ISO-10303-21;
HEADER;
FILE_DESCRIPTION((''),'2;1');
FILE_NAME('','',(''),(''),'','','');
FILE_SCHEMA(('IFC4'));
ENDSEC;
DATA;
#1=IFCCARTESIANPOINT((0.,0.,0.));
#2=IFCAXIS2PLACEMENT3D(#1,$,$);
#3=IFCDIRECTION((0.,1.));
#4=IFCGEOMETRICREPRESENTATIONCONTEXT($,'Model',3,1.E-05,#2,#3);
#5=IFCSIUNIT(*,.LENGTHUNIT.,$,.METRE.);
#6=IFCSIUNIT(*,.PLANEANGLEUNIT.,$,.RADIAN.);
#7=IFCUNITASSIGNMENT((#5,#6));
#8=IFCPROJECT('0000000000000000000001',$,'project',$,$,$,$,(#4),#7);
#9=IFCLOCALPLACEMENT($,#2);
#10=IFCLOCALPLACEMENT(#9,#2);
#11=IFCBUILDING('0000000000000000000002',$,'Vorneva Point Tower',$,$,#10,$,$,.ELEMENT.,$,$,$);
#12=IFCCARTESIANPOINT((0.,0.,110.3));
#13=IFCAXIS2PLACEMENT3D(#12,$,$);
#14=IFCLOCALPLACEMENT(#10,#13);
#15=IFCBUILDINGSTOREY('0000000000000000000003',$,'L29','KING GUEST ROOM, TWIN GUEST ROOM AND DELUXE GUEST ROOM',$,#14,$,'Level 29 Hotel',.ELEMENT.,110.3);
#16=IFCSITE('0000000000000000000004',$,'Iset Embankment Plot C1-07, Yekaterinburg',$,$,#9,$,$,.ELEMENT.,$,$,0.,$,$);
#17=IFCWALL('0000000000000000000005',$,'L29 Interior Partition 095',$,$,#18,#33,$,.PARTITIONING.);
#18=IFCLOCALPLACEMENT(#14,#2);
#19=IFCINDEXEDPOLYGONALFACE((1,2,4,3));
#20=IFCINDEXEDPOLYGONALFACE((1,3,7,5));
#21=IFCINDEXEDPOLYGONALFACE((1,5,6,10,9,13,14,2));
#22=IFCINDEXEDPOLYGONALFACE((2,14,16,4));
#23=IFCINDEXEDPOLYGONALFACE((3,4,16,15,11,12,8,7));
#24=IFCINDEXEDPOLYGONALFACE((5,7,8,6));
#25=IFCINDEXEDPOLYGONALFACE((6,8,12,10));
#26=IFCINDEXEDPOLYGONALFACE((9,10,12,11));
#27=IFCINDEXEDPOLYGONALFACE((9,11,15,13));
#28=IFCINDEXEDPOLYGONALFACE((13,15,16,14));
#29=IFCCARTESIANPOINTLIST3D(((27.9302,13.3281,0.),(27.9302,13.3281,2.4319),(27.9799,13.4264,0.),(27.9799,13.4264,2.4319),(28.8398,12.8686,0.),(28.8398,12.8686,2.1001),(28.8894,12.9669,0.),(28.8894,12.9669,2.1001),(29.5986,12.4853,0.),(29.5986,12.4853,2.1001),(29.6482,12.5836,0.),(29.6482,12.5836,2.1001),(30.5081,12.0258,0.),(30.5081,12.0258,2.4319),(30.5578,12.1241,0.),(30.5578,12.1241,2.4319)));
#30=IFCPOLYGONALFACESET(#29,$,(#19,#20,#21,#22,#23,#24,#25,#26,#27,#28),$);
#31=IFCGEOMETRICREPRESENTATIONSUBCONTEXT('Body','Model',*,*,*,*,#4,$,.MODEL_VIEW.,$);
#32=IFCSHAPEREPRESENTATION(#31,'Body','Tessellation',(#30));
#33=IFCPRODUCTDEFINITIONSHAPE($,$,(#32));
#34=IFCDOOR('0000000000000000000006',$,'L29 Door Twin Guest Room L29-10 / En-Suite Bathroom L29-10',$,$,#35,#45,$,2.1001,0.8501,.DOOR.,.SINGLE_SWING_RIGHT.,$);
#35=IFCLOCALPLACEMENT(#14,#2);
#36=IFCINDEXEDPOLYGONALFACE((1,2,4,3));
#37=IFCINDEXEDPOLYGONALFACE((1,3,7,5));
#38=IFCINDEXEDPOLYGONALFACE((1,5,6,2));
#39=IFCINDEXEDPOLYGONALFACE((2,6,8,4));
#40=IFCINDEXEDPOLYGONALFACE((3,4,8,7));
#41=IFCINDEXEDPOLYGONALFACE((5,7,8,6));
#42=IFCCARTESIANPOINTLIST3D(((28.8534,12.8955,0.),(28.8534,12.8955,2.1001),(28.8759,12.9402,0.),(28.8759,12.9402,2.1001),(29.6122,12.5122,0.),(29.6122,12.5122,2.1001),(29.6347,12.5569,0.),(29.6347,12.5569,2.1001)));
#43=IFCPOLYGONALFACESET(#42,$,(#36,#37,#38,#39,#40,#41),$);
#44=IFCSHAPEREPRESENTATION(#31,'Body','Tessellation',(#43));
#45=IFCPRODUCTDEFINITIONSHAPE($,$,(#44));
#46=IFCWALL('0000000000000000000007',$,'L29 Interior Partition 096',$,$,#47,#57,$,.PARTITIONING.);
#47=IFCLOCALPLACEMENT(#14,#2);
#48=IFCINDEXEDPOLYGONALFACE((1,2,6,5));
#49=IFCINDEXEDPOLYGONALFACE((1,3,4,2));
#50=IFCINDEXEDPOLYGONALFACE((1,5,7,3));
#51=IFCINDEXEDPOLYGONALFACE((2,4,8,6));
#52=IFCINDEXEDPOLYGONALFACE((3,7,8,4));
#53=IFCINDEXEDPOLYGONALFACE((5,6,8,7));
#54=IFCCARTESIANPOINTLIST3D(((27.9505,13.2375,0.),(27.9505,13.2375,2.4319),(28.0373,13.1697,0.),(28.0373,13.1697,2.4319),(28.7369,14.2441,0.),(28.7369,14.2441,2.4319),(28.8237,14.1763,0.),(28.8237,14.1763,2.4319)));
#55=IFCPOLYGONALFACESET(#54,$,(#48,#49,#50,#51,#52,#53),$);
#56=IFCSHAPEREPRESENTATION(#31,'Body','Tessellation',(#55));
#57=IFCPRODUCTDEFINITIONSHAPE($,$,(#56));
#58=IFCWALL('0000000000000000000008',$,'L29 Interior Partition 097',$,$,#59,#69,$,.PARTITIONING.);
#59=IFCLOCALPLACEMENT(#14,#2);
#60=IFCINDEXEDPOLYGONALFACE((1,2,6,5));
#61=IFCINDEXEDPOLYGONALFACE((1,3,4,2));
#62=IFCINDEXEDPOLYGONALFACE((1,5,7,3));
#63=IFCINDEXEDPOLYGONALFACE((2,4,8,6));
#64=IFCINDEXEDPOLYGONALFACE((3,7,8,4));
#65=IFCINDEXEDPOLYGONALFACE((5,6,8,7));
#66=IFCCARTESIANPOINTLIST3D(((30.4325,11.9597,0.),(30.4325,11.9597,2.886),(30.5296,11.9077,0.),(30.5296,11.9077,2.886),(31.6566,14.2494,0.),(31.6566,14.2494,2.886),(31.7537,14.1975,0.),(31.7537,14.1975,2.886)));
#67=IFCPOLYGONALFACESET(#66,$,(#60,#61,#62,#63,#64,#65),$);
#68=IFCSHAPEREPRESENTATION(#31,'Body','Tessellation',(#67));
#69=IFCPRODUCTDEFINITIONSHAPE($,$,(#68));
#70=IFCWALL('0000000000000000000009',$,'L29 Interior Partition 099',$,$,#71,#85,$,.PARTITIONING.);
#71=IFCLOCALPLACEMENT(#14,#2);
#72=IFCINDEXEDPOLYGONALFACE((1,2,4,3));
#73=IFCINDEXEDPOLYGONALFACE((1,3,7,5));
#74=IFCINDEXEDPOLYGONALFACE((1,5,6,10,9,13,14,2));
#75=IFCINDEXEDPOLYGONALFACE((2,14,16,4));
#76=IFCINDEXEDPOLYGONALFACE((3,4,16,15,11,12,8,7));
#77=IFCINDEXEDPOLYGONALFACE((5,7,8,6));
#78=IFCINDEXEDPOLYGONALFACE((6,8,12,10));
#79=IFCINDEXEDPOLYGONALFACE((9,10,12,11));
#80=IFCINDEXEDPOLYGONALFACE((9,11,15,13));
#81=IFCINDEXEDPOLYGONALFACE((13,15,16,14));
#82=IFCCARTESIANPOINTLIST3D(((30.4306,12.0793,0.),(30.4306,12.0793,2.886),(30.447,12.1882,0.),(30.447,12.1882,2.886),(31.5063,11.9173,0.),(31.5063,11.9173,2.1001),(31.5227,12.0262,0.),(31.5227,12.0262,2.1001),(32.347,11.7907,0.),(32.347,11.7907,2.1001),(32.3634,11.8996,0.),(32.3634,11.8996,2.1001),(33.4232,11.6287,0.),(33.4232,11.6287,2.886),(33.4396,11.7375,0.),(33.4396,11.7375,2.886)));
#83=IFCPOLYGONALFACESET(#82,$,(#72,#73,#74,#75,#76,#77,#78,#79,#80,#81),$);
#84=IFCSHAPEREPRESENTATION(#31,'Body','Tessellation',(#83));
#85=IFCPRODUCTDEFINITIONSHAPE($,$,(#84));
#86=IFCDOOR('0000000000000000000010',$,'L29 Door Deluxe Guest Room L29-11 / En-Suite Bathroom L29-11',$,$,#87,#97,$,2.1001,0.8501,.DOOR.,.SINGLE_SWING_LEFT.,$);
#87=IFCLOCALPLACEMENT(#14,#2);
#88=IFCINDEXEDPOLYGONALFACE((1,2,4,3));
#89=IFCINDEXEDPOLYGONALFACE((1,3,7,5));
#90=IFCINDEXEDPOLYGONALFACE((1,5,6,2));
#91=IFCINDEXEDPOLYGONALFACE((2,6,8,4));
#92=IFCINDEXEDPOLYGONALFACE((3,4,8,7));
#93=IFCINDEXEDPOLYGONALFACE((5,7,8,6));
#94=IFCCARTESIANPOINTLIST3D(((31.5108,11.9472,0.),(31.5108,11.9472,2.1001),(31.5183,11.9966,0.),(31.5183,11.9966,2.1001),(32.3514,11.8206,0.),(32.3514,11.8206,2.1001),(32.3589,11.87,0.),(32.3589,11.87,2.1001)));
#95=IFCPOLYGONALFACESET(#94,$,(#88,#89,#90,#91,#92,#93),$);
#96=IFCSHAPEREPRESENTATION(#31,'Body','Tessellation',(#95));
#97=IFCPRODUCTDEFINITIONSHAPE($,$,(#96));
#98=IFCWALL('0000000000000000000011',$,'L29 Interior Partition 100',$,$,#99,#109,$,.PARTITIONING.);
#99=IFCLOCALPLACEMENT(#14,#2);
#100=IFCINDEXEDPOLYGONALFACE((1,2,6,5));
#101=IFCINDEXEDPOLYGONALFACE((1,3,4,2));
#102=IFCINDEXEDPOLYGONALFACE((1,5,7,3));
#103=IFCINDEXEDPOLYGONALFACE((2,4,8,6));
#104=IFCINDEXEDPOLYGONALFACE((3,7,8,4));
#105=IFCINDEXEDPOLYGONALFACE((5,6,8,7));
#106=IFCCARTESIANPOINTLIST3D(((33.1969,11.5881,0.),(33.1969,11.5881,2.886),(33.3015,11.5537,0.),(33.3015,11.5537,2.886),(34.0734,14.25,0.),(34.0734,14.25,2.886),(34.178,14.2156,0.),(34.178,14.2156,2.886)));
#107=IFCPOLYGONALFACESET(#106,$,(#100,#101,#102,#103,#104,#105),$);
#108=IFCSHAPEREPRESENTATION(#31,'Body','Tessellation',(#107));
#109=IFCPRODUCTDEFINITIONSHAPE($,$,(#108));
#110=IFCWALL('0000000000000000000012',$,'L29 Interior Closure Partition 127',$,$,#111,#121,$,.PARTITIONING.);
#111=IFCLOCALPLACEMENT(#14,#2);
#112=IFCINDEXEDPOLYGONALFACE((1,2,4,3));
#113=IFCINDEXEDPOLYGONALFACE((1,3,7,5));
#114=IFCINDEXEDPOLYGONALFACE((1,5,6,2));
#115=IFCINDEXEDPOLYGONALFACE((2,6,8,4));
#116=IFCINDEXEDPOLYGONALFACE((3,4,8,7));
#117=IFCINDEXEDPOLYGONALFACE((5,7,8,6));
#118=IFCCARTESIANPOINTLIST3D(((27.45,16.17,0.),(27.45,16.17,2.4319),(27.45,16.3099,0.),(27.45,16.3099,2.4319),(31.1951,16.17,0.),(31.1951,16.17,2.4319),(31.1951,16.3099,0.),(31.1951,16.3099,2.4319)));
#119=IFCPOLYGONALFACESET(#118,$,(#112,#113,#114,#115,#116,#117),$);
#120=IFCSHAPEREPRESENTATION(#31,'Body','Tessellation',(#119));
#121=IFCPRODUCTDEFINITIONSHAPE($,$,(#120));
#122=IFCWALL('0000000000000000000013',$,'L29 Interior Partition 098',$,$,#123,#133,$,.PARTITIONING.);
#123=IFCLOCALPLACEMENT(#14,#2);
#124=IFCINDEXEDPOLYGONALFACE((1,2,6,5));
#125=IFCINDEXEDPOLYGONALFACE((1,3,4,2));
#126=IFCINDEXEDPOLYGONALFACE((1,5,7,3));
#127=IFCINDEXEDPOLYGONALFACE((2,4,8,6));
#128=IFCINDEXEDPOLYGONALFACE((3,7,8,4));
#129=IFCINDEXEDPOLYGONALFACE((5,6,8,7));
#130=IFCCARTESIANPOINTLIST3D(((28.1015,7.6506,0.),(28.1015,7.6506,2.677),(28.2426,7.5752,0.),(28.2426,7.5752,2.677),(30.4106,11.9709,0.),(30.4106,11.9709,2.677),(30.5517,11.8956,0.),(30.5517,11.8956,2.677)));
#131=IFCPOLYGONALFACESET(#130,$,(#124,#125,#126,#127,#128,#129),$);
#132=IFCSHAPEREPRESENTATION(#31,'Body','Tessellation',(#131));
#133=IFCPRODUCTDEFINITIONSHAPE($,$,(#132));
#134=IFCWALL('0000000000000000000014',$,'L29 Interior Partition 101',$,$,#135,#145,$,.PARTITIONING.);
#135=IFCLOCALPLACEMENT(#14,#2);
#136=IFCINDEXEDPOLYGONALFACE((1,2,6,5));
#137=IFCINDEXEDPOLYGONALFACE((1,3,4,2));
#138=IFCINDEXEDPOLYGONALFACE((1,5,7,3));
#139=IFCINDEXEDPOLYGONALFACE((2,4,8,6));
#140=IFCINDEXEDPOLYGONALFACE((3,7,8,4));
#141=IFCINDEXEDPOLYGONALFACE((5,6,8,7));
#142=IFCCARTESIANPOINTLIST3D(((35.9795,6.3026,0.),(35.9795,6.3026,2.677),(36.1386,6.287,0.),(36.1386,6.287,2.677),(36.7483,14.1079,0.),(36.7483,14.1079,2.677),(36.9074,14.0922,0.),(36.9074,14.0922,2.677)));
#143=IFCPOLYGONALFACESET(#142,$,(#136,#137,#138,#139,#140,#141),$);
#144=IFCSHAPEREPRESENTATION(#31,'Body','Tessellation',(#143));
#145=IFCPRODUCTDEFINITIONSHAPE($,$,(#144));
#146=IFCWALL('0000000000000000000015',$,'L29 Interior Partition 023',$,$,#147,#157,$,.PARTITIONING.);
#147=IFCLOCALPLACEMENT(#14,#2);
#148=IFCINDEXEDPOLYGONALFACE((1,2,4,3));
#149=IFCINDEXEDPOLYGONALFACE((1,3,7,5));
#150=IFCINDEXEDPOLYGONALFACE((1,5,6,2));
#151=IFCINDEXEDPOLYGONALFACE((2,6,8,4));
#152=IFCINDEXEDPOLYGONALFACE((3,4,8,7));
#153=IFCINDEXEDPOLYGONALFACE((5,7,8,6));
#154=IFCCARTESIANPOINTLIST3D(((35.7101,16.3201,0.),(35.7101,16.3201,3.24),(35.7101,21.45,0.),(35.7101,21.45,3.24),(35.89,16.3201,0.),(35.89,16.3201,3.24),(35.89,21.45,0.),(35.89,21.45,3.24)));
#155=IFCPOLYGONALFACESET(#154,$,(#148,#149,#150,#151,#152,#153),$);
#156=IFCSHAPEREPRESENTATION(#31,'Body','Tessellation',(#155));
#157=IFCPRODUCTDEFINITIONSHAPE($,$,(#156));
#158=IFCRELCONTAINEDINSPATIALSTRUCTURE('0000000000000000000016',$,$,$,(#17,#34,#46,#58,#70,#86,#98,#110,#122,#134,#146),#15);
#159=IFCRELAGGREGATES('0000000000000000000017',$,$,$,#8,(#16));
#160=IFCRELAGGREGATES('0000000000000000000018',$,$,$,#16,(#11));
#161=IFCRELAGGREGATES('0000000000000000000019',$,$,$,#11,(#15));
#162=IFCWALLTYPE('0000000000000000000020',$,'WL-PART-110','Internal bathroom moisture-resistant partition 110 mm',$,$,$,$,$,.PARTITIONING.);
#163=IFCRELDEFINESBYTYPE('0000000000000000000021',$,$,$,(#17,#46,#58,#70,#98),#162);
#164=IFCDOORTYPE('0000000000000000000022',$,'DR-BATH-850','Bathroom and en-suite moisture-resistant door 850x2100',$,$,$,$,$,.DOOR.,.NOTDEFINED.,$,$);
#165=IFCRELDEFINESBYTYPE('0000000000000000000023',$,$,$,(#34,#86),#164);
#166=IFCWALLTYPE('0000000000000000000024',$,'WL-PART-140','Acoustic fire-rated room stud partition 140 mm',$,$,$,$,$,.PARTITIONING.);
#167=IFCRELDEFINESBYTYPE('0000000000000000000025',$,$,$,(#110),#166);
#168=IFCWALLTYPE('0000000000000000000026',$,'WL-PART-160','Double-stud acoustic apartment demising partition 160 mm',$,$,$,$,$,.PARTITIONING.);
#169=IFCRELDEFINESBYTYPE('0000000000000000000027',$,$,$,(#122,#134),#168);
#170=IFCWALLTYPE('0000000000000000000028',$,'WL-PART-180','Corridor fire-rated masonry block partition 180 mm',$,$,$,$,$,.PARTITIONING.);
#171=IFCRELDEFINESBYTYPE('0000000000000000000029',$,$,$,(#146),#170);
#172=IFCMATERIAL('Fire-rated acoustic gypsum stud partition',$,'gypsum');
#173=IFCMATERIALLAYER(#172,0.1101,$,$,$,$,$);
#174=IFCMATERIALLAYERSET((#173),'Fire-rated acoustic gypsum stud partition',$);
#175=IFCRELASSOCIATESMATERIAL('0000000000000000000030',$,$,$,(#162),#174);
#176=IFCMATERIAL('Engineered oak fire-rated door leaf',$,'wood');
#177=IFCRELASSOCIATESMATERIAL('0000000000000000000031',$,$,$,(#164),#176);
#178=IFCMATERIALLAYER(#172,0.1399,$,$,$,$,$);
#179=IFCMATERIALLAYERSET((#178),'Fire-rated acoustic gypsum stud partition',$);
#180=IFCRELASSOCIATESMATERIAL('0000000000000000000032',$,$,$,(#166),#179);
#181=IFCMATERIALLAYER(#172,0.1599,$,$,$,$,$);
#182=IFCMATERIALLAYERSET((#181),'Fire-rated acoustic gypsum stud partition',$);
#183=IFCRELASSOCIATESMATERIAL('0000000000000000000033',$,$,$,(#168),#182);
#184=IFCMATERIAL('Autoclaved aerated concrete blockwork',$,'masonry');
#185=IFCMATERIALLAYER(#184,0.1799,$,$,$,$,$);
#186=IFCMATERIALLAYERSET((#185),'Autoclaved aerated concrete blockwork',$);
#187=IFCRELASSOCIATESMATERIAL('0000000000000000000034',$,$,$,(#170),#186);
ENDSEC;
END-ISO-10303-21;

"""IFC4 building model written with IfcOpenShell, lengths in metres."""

from ifc_helpers import new_model, si_unit, direction, frame, frame_2d, origin, place, context, subcontext, project, spatial, rectangle, extrude, material, layer, layer_set, type_object, element, fill, save


model = new_model("IFC4")

# Units and contexts
model_context = context("Model", 3, precision=1e-05, world=origin(), true_north=direction((0.0, 1.0)))
body_context = subcontext(model_context, "Body", "Model", "MODEL_VIEW")
ifc_project = project(units=[si_unit("LENGTHUNIT", "METRE"), si_unit("PLANEANGLEUNIT", "RADIAN")], contexts=[model_context])

# Site, building, storey
site_placement = place(None, origin())
site = spatial("IfcSite", under=ifc_project, at=site_placement, Name="Iset Embankment Plot C1-07, Yekaterinburg", CompositionType="ELEMENT", RefElevation=0.0)
building_placement = place(site_placement, origin())
building = spatial("IfcBuilding", under=site, at=building_placement, Name="Vorneva Point Tower", CompositionType="ELEMENT")
storey_placement = place(building_placement, frame((0.0, 0.0, 110.3)))
storey = spatial("IfcBuildingStorey", under=building, at=storey_placement, Name="L29", Description="KING GUEST ROOM, TWIN GUEST ROOM AND DELUXE GUEST ROOM", LongName="Level 29 Hotel", CompositionType="ELEMENT", Elevation=110.3)

# Wall, opening, door
ifc_material_1 = material(Name="Fire-rated acoustic gypsum stud partition", Category="gypsum")
ifc_layer_1 = layer(ifc_material_1, 0.1101)
ifc_layer_set_1 = layer_set([ifc_layer_1], Name="Fire-rated acoustic gypsum stud partition")
wall_type_1 = type_object("IfcWallType", Name="WL-PART-110", Description="Internal bathroom moisture-resistant partition 110 mm", PredefinedType="PARTITIONING", material=ifc_layer_set_1)
wall_1_placement = place(storey_placement, frame((30.533, 12.075, 0.0), z_axis=(0.0, 0.0, 1.0), x_axis=(-0.892577, 0.450895, 0.0)))
wall_1 = element("IfcWall", 1, at=wall_1_placement, inside=storey, type_object=wall_type_1, Name="L29 Interior Partition 095", PredefinedType="PARTITIONING", context=body_context, shape_type="SweptSolid", body=[
    extrude(rectangle(XDim=2.8882, YDim=0.1101, at=frame_2d((1.4441, 0.0))), origin(), (0.0, 0.0, 1.0), 2.4319),
])
opening_1_placement = place(wall_1_placement, frame((1.019, 0.0, 0.0)))
opening_1 = element("IfcOpeningElement", 2, at=opening_1_placement, cuts=wall_1, PredefinedType="OPENING", context=body_context, shape_type="SweptSolid", body=[
    extrude(rectangle(XDim=0.8501, YDim=2.1001, at=frame_2d((0.425, 1.05))), frame((0.0, 0.0698, 0.0), z_axis=(0.0, -1.0, 0.0), x_axis=(1.0, 0.0, 0.0)), (0.0, 0.0, 1.0), 0.1399),
])
ifc_material_2 = material(Name="Engineered oak fire-rated door leaf", Category="wood")
door_type_1 = type_object("IfcDoorType", Name="DR-BATH-850", Description="Bathroom and en-suite moisture-resistant door 850x2100", OperationType="NOTDEFINED", PredefinedType="DOOR", material=ifc_material_2)
door_1_placement = place(opening_1_placement, origin())
door_1 = element("IfcDoor", 3, at=door_1_placement, inside=storey, type_object=door_type_1, Name="L29 Door Twin Guest Room L29-10 / En-Suite Bathroom L29-10", OperationType="SINGLE_SWING_RIGHT", OverallHeight=2.1001, OverallWidth=0.8501, PredefinedType="DOOR", context=body_context, shape_type="SweptSolid", body=[
    extrude(rectangle(XDim=0.8501, YDim=2.1001, at=frame_2d((0.425, 1.05))), frame((0.0, 0.0249, 0.0), z_axis=(0.0, -1.0, 0.0), x_axis=(1.0, 0.0, 0.0)), (0.0, 0.0, 1.0), 0.05),
])
fill(opening_1, door_1)

# Walls
wall_2_placement = place(storey_placement, frame((27.9939, 13.2036, 0.0), z_axis=(0.0, 0.0, 1.0), x_axis=(0.615633, 0.788033, 0.0)))
element("IfcWall", 4, at=wall_2_placement, inside=storey, type_object=wall_type_1, Name="L29 Interior Partition 096", PredefinedType="PARTITIONING", context=body_context, shape_type="SweptSolid", body=[
    extrude(rectangle(XDim=1.2773, YDim=0.1101, at=frame_2d((0.6387, 0.0))), origin(), (0.0, 0.0, 1.0), 2.4319),
])
wall_3_placement = place(storey_placement, frame((30.481, 11.9336, 0.0), z_axis=(0.0, 0.0, 1.0), x_axis=(0.471457, 0.881889, 0.0)))
element("IfcWall", 5, at=wall_3_placement, inside=storey, type_object=wall_type_1, Name="L29 Interior Partition 097", PredefinedType="PARTITIONING", context=body_context, shape_type="SweptSolid", body=[
    extrude(rectangle(XDim=2.5964, YDim=0.1101, at=frame_2d((1.2983, 0.0))), origin(), (0.0, 0.0, 1.0), 2.886),
])

# Wall, opening, door
wall_4_placement = place(storey_placement, frame((33.4314, 11.6831, 0.0), z_axis=(0.0, 0.0, 1.0), x_axis=(-0.98885, 0.148916, 0.0)))
wall_4 = element("IfcWall", 6, at=wall_4_placement, inside=storey, type_object=wall_type_1, Name="L29 Interior Partition 099", PredefinedType="PARTITIONING", context=body_context, shape_type="SweptSolid", body=[
    extrude(rectangle(XDim=3.0264, YDim=0.1101, at=frame_2d((1.5132, 0.0))), origin(), (0.0, 0.0, 1.0), 2.886),
])
opening_2_placement = place(wall_4_placement, frame((1.0884, 0.0, 0.0)))
opening_2 = element("IfcOpeningElement", 7, at=opening_2_placement, cuts=wall_4, PredefinedType="OPENING", context=body_context, shape_type="SweptSolid", body=[
    extrude(rectangle(XDim=0.8501, YDim=2.1001, at=frame_2d((0.425, 1.05))), frame((0.0, 0.0698, 0.0), z_axis=(0.0, -1.0, 0.0), x_axis=(1.0, 0.0, 0.0)), (0.0, 0.0, 1.0), 0.1399),
])
door_2_placement = place(opening_2_placement, origin())
door_2 = element("IfcDoor", 8, at=door_2_placement, inside=storey, type_object=door_type_1, Name="L29 Door Deluxe Guest Room L29-11 / En-Suite Bathroom L29-11", OperationType="SINGLE_SWING_LEFT", OverallHeight=2.1001, OverallWidth=0.8501, PredefinedType="DOOR", context=body_context, shape_type="SweptSolid", body=[
    extrude(rectangle(XDim=0.8501, YDim=2.1001, at=frame_2d((0.425, 1.05))), frame((0.0, 0.0249, 0.0), z_axis=(0.0, -1.0, 0.0), x_axis=(1.0, 0.0, 0.0)), (0.0, 0.0, 1.0), 0.05),
])
fill(opening_2, door_2)

# Walls
wall_5_placement = place(storey_placement, frame((34.1257, 14.2329, 0.0), z_axis=(0.0, 0.0, 1.0), x_axis=(-0.31275, -0.949836, 0.0)))
element("IfcWall", 9, at=wall_5_placement, inside=storey, type_object=wall_type_1, Name="L29 Interior Partition 100", PredefinedType="PARTITIONING", context=body_context, shape_type="SweptSolid", body=[
    extrude(rectangle(XDim=2.8025, YDim=0.1101, at=frame_2d((1.4014, 0.0))), origin(), (0.0, 0.0, 1.0), 2.886),
])
ifc_layer_2 = layer(ifc_material_1, 0.1399)
ifc_layer_set_2 = layer_set([ifc_layer_2], Name="Fire-rated acoustic gypsum stud partition")
wall_type_2 = type_object("IfcWallType", Name="WL-PART-140", Description="Acoustic fire-rated room stud partition 140 mm", PredefinedType="PARTITIONING", material=ifc_layer_set_2)
wall_6_placement = place(storey_placement, frame((31.1951, 16.24, 0.0), z_axis=(0.0, 0.0, 1.0), x_axis=(-1.0, 0.0, 0.0)))
element("IfcWall", 10, at=wall_6_placement, inside=storey, type_object=wall_type_2, Name="L29 Interior Closure Partition 127", PredefinedType="PARTITIONING", context=body_context, shape_type="SweptSolid", body=[
    extrude(rectangle(XDim=3.7451, YDim=0.1399, at=frame_2d((1.8726, 0.0))), origin(), (0.0, 0.0, 1.0), 2.4319),
])
ifc_layer_3 = layer(ifc_material_1, 0.1599)
ifc_layer_set_3 = layer_set([ifc_layer_3], Name="Fire-rated acoustic gypsum stud partition")
wall_type_3 = type_object("IfcWallType", Name="WL-PART-160", Description="Double-stud acoustic apartment demising partition 160 mm", PredefinedType="PARTITIONING", material=ifc_layer_set_3)
wall_7_placement = place(storey_placement, frame((28.1721, 7.613, 0.0), z_axis=(0.0, 0.0, 1.0), x_axis=(0.471369, 0.881936, 0.0)))
element("IfcWall", 11, at=wall_7_placement, inside=storey, type_object=wall_type_3, Name="L29 Interior Partition 098", PredefinedType="PARTITIONING", context=body_context, shape_type="SweptSolid", body=[
    extrude(rectangle(XDim=4.8987, YDim=0.1599, at=frame_2d((2.4492, 0.0))), origin(), (0.0, 0.0, 1.0), 2.677),
])
wall_8_placement = place(storey_placement, frame((36.0591, 6.2949, 0.0), z_axis=(0.0, 0.0, 1.0), x_axis=(0.098024, 0.995184, 0.0)))
element("IfcWall", 12, at=wall_8_placement, inside=storey, type_object=wall_type_3, Name="L29 Interior Partition 101", PredefinedType="PARTITIONING", context=body_context, shape_type="SweptSolid", body=[
    extrude(rectangle(XDim=7.843, YDim=0.1599, at=frame_2d((3.9214, 0.0))), origin(), (0.0, 0.0, 1.0), 2.677),
])
ifc_material_3 = material(Name="Autoclaved aerated concrete blockwork", Category="masonry")
ifc_layer_4 = layer(ifc_material_3, 0.1799)
ifc_layer_set_4 = layer_set([ifc_layer_4], Name="Autoclaved aerated concrete blockwork")
wall_type_4 = type_object("IfcWallType", Name="WL-PART-180", Description="Corridor fire-rated masonry block partition 180 mm", PredefinedType="PARTITIONING", material=ifc_layer_set_4)
wall_9_placement = place(storey_placement, frame((35.8, 16.3201, 0.0), z_axis=(0.0, 0.0, 1.0), x_axis=(0.0, 1.0, 0.0)))
element("IfcWall", 13, at=wall_9_placement, inside=storey, type_object=wall_type_4, Name="L29 Interior Partition 023", PredefinedType="PARTITIONING", context=body_context, shape_type="SweptSolid", body=[
    extrude(rectangle(XDim=5.1299, YDim=0.1799, at=frame_2d((2.5649, 0.0))), origin(), (0.0, 0.0, 1.0), 3.24),
])

save(model, "model.ifc")
